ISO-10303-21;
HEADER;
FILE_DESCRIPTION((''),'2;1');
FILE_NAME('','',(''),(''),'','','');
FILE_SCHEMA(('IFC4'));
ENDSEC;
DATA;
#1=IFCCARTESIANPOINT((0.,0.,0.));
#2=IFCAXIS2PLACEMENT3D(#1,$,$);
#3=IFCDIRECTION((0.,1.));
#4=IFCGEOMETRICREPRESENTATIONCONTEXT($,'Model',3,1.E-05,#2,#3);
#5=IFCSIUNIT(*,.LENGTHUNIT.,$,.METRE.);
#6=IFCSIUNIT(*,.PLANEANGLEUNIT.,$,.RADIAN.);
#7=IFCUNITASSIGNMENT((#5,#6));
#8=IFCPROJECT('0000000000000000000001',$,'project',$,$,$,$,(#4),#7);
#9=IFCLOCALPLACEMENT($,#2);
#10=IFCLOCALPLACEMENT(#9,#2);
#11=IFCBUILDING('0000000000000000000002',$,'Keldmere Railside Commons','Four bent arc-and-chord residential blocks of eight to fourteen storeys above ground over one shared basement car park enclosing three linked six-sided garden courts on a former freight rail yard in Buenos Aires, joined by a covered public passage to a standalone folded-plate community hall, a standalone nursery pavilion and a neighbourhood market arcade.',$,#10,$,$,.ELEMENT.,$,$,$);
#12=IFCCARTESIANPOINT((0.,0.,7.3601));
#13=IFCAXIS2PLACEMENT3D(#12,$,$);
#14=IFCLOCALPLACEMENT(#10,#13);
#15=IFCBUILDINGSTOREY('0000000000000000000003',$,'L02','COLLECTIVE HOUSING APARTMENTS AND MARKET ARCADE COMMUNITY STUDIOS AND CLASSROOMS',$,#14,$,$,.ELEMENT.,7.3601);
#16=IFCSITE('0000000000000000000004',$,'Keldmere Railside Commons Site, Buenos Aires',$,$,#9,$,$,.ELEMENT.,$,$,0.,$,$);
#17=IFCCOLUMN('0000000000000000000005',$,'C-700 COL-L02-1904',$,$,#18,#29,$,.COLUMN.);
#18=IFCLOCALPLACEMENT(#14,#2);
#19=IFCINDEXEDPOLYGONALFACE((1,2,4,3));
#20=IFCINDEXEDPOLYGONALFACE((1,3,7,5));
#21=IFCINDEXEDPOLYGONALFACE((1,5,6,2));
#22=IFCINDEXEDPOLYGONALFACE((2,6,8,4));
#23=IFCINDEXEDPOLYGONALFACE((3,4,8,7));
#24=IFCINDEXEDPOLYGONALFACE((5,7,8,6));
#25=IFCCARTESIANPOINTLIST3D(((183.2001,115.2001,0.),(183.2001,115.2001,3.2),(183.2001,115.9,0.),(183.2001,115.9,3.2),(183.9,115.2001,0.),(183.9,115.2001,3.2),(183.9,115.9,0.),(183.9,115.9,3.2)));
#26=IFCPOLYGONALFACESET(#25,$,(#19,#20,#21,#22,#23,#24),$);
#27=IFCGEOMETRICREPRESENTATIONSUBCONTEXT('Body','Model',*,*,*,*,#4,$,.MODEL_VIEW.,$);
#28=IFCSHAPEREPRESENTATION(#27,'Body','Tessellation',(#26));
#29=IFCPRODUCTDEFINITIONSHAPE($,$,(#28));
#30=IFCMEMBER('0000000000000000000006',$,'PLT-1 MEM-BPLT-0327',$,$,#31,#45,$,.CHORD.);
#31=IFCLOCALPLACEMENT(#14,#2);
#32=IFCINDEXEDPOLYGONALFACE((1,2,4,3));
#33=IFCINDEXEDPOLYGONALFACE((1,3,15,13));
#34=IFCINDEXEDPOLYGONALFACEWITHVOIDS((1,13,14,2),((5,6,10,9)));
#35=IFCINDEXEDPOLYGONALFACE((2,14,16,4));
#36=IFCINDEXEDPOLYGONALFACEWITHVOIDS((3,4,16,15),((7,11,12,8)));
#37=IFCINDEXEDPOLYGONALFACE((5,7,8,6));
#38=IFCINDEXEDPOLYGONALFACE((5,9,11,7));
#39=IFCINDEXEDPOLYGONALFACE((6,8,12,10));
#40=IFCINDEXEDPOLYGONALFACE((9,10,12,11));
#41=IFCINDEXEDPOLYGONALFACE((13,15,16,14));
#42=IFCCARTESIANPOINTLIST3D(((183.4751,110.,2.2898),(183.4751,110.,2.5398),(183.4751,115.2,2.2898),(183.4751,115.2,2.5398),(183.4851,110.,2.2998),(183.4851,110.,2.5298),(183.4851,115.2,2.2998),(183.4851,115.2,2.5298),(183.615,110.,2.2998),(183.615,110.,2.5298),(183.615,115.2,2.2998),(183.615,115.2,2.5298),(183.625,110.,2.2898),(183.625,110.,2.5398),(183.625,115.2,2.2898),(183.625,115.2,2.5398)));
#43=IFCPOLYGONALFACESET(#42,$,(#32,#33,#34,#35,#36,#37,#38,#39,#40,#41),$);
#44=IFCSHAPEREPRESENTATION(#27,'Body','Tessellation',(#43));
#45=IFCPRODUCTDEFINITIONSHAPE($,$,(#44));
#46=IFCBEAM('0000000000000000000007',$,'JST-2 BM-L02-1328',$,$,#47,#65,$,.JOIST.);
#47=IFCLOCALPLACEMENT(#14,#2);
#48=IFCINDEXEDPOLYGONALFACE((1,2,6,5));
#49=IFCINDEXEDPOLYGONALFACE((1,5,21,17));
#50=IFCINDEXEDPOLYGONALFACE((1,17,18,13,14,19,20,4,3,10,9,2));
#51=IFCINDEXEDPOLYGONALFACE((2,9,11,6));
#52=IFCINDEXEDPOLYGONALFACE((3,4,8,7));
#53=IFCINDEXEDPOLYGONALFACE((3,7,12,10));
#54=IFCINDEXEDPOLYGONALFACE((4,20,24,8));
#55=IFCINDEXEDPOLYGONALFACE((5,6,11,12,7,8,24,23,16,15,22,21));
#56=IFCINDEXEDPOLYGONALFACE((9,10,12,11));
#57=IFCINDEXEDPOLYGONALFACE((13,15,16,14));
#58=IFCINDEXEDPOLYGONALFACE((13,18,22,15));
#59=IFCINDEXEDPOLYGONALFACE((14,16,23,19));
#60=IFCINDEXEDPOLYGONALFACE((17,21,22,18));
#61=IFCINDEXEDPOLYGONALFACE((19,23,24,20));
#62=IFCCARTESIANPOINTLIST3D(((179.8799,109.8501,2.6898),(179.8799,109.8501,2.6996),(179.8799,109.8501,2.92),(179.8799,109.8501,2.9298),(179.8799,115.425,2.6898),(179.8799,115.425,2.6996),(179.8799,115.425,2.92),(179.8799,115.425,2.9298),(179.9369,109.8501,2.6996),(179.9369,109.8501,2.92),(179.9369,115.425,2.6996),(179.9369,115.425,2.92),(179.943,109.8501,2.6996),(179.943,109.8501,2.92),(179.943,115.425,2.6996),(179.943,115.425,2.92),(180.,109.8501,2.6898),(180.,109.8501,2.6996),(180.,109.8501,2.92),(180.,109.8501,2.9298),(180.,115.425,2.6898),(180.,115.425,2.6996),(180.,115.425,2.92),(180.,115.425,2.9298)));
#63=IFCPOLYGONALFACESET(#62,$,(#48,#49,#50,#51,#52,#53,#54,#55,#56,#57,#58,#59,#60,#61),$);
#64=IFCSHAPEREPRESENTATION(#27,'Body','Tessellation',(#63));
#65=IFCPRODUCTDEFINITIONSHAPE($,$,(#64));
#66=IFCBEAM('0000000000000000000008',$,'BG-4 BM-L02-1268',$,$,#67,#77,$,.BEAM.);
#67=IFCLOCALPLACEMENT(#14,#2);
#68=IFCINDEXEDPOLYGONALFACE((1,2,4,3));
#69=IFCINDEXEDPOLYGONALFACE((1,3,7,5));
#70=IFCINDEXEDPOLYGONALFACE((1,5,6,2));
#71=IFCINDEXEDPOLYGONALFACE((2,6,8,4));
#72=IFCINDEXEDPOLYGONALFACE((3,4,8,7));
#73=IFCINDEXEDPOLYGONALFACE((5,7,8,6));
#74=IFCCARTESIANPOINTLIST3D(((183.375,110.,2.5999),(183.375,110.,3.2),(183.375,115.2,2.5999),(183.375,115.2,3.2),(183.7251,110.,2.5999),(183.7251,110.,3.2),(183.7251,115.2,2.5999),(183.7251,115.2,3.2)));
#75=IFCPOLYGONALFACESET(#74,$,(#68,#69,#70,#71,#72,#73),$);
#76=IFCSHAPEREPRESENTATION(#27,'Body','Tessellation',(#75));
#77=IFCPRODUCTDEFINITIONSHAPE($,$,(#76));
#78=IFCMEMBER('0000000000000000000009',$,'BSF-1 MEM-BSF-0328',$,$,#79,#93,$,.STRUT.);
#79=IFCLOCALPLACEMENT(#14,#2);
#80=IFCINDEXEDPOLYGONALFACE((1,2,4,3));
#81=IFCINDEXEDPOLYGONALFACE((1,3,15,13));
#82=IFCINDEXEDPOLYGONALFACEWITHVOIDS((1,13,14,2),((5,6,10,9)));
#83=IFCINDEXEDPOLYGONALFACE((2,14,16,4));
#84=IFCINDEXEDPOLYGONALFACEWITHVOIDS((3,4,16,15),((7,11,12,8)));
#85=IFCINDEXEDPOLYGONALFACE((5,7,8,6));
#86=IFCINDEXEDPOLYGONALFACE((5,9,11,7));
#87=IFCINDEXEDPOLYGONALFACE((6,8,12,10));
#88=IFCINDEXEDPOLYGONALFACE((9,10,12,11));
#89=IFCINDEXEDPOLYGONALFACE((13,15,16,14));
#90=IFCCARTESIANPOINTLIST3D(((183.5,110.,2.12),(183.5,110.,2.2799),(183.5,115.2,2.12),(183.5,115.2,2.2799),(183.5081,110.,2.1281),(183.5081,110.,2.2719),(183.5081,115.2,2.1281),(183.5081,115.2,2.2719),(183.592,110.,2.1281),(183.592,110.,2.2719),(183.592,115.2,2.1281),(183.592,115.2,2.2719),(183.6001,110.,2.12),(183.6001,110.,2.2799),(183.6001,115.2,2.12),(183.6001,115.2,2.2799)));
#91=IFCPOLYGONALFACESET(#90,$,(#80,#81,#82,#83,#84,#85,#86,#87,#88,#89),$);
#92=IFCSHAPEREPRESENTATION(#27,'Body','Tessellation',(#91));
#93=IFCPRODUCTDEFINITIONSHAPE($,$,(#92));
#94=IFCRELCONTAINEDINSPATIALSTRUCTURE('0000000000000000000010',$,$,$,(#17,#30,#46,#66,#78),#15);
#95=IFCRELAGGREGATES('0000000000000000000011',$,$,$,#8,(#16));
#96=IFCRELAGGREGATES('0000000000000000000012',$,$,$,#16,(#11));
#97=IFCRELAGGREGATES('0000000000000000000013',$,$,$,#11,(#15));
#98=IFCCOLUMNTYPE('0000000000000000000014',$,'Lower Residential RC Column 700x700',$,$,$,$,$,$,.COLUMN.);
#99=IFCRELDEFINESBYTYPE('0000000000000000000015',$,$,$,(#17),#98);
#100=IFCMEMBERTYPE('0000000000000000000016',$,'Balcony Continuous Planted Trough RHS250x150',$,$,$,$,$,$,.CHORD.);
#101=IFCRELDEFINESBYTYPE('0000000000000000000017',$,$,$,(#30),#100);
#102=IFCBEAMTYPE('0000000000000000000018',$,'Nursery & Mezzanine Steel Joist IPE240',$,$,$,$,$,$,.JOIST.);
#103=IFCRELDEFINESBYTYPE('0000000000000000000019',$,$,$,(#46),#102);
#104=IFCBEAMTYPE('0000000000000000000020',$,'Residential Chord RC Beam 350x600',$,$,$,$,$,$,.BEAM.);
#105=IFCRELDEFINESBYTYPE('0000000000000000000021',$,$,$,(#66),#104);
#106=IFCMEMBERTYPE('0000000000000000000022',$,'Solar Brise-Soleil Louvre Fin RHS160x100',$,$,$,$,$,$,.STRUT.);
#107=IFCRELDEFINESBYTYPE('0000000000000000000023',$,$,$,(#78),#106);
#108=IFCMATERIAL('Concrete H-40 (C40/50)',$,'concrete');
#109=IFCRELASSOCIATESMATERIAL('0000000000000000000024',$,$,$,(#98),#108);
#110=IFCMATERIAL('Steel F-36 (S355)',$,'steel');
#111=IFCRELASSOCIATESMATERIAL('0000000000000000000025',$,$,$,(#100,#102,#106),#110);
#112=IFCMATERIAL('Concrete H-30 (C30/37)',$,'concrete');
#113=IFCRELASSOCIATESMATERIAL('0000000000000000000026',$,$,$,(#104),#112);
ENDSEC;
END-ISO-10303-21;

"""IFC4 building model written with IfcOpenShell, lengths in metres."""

from ifc_helpers import new_model, si_unit, direction, frame, origin, origin_2d, place, context, subcontext, project, spatial, rectangle, hollow_rectangle, i_section, extrude, material, material_profile, profile_set, type_object, element, save


model = new_model("IFC4")

# Units and contexts
model_context = context("Model", 3, precision=1e-05, world=origin(), true_north=direction((0.0, 1.0)))
body_context = subcontext(model_context, "Body", "Model", "MODEL_VIEW")
ifc_project = project(units=[si_unit("LENGTHUNIT", "METRE"), si_unit("PLANEANGLEUNIT", "RADIAN")], contexts=[model_context])

# Site, building, storey
site_placement = place(None, origin())
site = spatial("IfcSite", under=ifc_project, at=site_placement, Name="Keldmere Railside Commons Site, Buenos Aires", CompositionType="ELEMENT", RefElevation=0.0)
building_placement = place(site_placement, origin())
building = spatial("IfcBuilding", under=site, at=building_placement, Name="Keldmere Railside Commons", Description="Four bent arc-and-chord residential blocks of eight to fourteen storeys above ground over one shared basement car park enclosing three linked six-sided garden courts on a former freight rail yard in Buenos Aires, joined by a covered public passage to a standalone folded-plate community hall, a standalone nursery pavilion and a neighbourhood market arcade.", CompositionType="ELEMENT")
storey_placement = place(building_placement, frame((0.0, 0.0, 7.3601)))
storey = spatial("IfcBuildingStorey", under=building, at=storey_placement, Name="L02", Description="COLLECTIVE HOUSING APARTMENTS AND MARKET ARCADE COMMUNITY STUDIOS AND CLASSROOMS", CompositionType="ELEMENT", Elevation=7.3601)

# Column
ifc_material_1 = material(Name="Concrete H-40 (C40/50)", Category="concrete")
ifc_material_profile_1 = material_profile(ifc_material_1, rectangle(XDim=0.7, YDim=0.7, at=origin_2d()), Name="RC-700x700")
ifc_profile_set_1 = profile_set([ifc_material_profile_1], Name="Concrete H-40 (C40/50)")
column_type = type_object("IfcColumnType", Name="Lower Residential RC Column 700x700", PredefinedType="COLUMN", material=ifc_profile_set_1)
column_placement = place(storey_placement, frame((183.55, 115.55, 0.0), z_axis=(0.0, 0.0, 1.0), x_axis=(1.0, 0.0, 0.0)))
element("IfcColumn", 1, at=column_placement, inside=storey, type_object=column_type, Name="C-700 COL-L02-1904", PredefinedType="COLUMN", context=body_context, shape_type="SweptSolid", body=[
    extrude(rectangle(XDim=0.7, YDim=0.7, at=origin_2d()), origin(), (0.0, 0.0, 1.0), 3.2),
])

# Member
ifc_material_2 = material(Name="Steel F-36 (S355)", Category="steel")
ifc_material_profile_2 = material_profile(ifc_material_2, hollow_rectangle(XDim=0.1499, YDim=0.25, WallThickness=0.01, at=origin_2d()), Name="RHS-250x150x10")
ifc_profile_set_2 = profile_set([ifc_material_profile_2], Name="Steel F-36 (S355)")
member_type_1 = type_object("IfcMemberType", Name="Balcony Continuous Planted Trough RHS250x150", PredefinedType="CHORD", material=ifc_profile_set_2)
member_1_placement = place(storey_placement, frame((183.55, 110.0, 2.4148), z_axis=(0.0, 1.0, 0.0), x_axis=(-1.0, 0.0, 0.0)))
element("IfcMember", 2, at=member_1_placement, inside=storey, type_object=member_type_1, Name="PLT-1 MEM-BPLT-0327", PredefinedType="CHORD", context=body_context, shape_type="SweptSolid", body=[
    extrude(hollow_rectangle(XDim=0.1499, YDim=0.25, WallThickness=0.01, at=origin_2d()), origin(), (0.0, 0.0, 1.0), 5.2),
])

# Beams
ifc_material_profile_3 = material_profile(ifc_material_2, i_section(OverallWidth=0.1201, OverallDepth=0.24, WebThickness=0.0061, FlangeThickness=0.0098, at=origin_2d()), Name="IPE-240")
ifc_profile_set_3 = profile_set([ifc_material_profile_3], Name="Steel F-36 (S355)")
beam_type_1 = type_object("IfcBeamType", Name="Nursery & Mezzanine Steel Joist IPE240", PredefinedType="JOIST", material=ifc_profile_set_3)
beam_1_placement = place(storey_placement, frame((179.9399, 109.8501, 2.8098), z_axis=(0.0, 1.0, 0.0), x_axis=(-1.0, 0.0, 0.0)))
element("IfcBeam", 3, at=beam_1_placement, inside=storey, type_object=beam_type_1, Name="JST-2 BM-L02-1328", PredefinedType="JOIST", context=body_context, shape_type="SweptSolid", body=[
    extrude(i_section(OverallWidth=0.1201, OverallDepth=0.24, WebThickness=0.0061, FlangeThickness=0.0098, at=origin_2d()), origin(), (0.0, 0.0, 1.0), 5.575),
])
ifc_material_3 = material(Name="Concrete H-30 (C30/37)", Category="concrete")
ifc_material_profile_4 = material_profile(ifc_material_3, rectangle(XDim=0.3501, YDim=0.6001, at=origin_2d()), Name="RC-350x600")
ifc_profile_set_4 = profile_set([ifc_material_profile_4], Name="Concrete H-30 (C30/37)")
beam_type_2 = type_object("IfcBeamType", Name="Residential Chord RC Beam 350x600", PredefinedType="BEAM", material=ifc_profile_set_4)
beam_2_placement = place(storey_placement, frame((183.55, 110.0, 2.8999), z_axis=(0.0, 1.0, 0.0), x_axis=(-1.0, 0.0, 0.0)))
element("IfcBeam", 4, at=beam_2_placement, inside=storey, type_object=beam_type_2, Name="BG-4 BM-L02-1268", PredefinedType="BEAM", context=body_context, shape_type="SweptSolid", body=[
    extrude(rectangle(XDim=0.3501, YDim=0.6001, at=origin_2d()), origin(), (0.0, 0.0, 1.0), 5.2),
])

# Member
ifc_material_profile_5 = material_profile(ifc_material_2, hollow_rectangle(XDim=0.1001, YDim=0.1599, WallThickness=0.0081, at=origin_2d()), Name="RHS-160x100x8")
ifc_profile_set_5 = profile_set([ifc_material_profile_5], Name="Steel F-36 (S355)")
member_type_2 = type_object("IfcMemberType", Name="Solar Brise-Soleil Louvre Fin RHS160x100", PredefinedType="STRUT", material=ifc_profile_set_5)
member_2_placement = place(storey_placement, frame((183.55, 110.0, 2.2), z_axis=(0.0, 1.0, 0.0), x_axis=(-1.0, 0.0, 0.0)))
element("IfcMember", 5, at=member_2_placement, inside=storey, type_object=member_type_2, Name="BSF-1 MEM-BSF-0328", PredefinedType="STRUT", context=body_context, shape_type="SweptSolid", body=[
    extrude(hollow_rectangle(XDim=0.1001, YDim=0.1599, WallThickness=0.0081, at=origin_2d()), origin(), (0.0, 0.0, 1.0), 5.2),
])

save(model, "model.ifc")
